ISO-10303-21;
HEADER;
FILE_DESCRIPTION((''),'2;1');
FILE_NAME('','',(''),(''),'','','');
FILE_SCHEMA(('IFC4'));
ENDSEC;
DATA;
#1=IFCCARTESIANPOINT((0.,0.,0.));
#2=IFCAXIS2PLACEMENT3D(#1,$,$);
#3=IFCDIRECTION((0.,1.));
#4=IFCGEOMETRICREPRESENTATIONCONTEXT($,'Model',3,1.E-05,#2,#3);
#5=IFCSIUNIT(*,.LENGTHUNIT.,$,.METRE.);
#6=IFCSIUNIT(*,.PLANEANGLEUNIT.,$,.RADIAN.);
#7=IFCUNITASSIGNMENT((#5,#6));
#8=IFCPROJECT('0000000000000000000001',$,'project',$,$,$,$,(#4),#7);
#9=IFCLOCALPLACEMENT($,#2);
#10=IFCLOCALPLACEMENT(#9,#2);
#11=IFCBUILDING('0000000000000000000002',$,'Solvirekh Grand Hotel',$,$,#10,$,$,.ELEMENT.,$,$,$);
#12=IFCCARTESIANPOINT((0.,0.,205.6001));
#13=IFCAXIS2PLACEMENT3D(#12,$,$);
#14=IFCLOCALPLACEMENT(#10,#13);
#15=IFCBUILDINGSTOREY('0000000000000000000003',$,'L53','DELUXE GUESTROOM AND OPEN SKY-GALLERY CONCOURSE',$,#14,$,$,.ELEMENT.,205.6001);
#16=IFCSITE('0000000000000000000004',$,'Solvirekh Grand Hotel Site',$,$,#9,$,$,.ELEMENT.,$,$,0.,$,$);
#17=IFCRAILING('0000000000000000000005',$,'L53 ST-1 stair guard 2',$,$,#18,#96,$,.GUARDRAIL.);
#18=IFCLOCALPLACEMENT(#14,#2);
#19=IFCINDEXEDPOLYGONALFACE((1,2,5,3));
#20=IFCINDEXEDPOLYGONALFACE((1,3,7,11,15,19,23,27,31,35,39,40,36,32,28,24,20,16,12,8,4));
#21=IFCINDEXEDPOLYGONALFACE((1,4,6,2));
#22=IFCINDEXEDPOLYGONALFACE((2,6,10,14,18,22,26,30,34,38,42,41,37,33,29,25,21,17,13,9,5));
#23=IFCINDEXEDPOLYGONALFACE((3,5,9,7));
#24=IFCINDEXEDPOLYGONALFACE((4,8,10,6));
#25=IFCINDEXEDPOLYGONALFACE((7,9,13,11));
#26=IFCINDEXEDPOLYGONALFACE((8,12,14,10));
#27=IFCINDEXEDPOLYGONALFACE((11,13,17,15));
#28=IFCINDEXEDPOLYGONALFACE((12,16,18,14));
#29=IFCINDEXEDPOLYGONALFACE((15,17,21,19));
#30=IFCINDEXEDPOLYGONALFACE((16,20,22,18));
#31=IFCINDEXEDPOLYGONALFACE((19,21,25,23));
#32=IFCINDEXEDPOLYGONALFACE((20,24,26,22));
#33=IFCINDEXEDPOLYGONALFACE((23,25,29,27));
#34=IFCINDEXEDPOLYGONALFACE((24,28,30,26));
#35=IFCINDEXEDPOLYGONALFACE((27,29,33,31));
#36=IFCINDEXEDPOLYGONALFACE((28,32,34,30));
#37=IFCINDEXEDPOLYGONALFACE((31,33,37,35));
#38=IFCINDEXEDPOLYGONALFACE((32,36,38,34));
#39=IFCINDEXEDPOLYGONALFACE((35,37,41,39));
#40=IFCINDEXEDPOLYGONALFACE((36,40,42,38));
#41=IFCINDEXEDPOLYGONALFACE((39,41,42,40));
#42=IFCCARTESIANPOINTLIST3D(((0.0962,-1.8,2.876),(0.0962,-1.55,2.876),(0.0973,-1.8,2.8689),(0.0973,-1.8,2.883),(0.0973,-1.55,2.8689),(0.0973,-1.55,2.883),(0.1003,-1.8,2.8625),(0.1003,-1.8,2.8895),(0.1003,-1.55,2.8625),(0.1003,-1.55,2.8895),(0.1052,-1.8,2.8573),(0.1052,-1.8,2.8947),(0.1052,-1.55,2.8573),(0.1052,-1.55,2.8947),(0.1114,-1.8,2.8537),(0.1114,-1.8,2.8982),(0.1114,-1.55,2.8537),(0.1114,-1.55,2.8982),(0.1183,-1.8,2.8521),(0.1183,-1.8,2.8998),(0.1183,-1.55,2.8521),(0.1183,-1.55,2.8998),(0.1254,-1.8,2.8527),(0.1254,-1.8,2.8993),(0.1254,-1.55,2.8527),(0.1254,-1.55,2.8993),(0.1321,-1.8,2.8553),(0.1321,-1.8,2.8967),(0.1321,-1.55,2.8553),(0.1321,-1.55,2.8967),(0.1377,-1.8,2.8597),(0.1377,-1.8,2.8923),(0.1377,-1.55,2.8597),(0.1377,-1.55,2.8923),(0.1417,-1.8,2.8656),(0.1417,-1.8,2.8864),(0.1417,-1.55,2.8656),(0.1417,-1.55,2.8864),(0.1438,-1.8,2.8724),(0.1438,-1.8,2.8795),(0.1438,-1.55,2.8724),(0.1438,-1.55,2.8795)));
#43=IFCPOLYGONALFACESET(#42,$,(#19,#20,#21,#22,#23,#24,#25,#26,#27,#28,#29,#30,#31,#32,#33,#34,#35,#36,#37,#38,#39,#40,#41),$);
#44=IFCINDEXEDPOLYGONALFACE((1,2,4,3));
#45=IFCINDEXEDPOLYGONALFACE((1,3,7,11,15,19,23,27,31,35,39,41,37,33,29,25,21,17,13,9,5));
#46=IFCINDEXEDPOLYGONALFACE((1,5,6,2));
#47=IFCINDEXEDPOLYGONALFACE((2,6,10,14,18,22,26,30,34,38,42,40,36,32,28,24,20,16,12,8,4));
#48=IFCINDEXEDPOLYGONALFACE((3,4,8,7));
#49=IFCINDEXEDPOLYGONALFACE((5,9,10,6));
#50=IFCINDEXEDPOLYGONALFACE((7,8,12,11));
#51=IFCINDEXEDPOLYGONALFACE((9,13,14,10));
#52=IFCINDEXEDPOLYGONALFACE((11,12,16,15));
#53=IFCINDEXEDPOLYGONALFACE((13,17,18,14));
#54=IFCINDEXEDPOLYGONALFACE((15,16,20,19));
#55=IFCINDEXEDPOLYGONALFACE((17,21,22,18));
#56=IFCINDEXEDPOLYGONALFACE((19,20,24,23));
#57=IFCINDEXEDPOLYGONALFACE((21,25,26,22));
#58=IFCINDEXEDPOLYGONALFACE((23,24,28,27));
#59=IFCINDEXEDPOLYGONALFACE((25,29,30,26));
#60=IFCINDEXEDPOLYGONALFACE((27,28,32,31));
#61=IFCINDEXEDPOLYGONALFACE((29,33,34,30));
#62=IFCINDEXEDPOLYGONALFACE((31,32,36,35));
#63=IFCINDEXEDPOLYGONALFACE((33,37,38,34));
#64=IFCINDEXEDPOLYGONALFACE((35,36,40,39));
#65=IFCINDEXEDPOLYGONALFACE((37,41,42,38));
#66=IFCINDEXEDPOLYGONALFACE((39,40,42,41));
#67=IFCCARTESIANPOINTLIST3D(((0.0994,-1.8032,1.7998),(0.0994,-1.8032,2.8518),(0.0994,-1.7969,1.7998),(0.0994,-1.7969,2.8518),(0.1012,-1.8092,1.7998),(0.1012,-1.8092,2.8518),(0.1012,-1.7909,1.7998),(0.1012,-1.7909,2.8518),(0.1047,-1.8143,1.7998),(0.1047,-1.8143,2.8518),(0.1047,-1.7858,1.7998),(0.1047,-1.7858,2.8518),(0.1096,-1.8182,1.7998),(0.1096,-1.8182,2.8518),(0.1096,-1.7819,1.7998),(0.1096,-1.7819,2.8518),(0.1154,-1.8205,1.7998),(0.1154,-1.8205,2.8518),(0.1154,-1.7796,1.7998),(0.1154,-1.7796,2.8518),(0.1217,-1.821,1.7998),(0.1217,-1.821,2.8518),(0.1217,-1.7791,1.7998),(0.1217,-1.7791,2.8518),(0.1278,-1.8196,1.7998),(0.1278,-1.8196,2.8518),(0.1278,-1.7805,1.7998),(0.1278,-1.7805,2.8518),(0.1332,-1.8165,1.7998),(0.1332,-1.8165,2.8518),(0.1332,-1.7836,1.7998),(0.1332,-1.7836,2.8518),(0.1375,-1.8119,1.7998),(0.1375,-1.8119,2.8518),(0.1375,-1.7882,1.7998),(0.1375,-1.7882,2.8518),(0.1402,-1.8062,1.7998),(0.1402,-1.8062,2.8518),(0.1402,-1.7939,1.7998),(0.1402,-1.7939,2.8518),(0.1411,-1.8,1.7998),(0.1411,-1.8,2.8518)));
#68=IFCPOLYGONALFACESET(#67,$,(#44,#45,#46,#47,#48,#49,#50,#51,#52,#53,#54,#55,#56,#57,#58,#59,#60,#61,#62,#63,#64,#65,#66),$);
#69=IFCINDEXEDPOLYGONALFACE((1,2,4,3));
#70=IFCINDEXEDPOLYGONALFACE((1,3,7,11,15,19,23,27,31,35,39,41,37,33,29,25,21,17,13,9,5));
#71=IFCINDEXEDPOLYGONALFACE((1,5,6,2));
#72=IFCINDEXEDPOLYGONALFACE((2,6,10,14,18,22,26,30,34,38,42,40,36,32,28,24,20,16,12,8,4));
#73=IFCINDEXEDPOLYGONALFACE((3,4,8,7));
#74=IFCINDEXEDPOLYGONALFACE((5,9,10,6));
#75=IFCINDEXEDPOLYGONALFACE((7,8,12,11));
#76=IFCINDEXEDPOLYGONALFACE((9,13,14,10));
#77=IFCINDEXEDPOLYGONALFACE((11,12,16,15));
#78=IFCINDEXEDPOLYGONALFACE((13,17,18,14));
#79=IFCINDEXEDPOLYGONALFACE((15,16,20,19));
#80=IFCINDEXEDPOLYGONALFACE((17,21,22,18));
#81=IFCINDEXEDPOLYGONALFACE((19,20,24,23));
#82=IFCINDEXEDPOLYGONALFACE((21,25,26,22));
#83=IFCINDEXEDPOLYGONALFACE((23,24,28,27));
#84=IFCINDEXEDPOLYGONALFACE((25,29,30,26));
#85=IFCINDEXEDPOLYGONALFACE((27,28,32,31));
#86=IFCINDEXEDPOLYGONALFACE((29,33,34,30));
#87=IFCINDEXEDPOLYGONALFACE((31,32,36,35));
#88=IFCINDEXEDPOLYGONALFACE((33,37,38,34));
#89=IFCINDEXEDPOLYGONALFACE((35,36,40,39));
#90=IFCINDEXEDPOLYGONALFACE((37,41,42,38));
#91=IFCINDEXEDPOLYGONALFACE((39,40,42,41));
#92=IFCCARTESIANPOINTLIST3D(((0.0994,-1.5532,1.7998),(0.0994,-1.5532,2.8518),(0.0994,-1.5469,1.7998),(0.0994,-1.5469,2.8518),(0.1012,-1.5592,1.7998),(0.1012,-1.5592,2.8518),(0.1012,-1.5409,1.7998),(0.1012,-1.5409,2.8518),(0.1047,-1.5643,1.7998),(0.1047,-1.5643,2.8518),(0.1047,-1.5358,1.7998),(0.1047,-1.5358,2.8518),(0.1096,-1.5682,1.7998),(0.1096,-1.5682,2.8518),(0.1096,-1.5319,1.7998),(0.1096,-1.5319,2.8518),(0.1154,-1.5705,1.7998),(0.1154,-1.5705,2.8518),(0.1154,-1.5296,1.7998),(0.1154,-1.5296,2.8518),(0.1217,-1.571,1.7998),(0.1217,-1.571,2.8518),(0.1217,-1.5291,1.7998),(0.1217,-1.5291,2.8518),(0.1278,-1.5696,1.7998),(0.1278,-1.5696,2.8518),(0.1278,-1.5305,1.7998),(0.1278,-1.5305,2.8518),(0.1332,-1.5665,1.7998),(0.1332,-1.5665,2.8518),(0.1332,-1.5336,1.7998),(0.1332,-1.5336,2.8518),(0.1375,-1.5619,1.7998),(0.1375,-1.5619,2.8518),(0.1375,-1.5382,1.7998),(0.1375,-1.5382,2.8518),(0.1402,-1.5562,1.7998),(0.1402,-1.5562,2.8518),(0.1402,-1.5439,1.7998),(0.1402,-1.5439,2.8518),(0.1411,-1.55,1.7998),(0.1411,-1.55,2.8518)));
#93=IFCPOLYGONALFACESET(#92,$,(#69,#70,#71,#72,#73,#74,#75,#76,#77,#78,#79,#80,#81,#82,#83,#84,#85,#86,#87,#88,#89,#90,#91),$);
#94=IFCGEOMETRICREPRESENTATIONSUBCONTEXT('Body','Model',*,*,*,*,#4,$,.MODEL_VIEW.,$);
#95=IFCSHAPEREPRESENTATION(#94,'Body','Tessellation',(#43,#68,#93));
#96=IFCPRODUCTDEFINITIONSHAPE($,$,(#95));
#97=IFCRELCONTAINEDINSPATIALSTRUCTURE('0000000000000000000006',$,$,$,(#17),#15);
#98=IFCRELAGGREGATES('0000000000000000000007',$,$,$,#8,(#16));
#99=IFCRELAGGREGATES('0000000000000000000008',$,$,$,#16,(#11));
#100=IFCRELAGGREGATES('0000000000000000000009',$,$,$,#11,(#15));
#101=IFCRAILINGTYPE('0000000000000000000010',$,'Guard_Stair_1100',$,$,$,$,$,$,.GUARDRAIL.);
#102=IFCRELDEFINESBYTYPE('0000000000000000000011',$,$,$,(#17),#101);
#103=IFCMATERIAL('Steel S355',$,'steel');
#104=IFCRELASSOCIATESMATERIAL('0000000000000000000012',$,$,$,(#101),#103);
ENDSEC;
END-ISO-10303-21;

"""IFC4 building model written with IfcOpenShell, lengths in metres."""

from ifc_helpers import new_model, si_unit, direction, frame, origin, origin_2d, place, context, subcontext, project, spatial, circle, extrude, material, type_object, element, save


model = new_model("IFC4")

# Units and contexts
model_context = context("Model", 3, precision=1e-05, world=origin(), true_north=direction((0.0, 1.0)))
body_context = subcontext(model_context, "Body", "Model", "MODEL_VIEW")
ifc_project = project(units=[si_unit("LENGTHUNIT", "METRE"), si_unit("PLANEANGLEUNIT", "RADIAN")], contexts=[model_context])

# Site, building, storey
site_placement = place(None, origin())
site = spatial("IfcSite", under=ifc_project, at=site_placement, Name="Solvirekh Grand Hotel Site", CompositionType="ELEMENT", RefElevation=0.0)
building_placement = place(site_placement, origin())
building = spatial("IfcBuilding", under=site, at=building_placement, Name="Solvirekh Grand Hotel", CompositionType="ELEMENT")
storey_placement = place(building_placement, frame((0.0, 0.0, 205.6001)))
storey = spatial("IfcBuildingStorey", under=building, at=storey_placement, Name="L53", Description="DELUXE GUESTROOM AND OPEN SKY-GALLERY CONCOURSE", CompositionType="ELEMENT", Elevation=205.6001)

# Shared definitions
ifc_material_1 = material(Name="Steel S355", Category="steel")

# Railing
railing_type_1 = type_object("IfcRailingType", Name="Guard_Stair_1100", PredefinedType="GUARDRAIL", material=ifc_material_1)
railing_1_placement = place(storey_placement, frame((0.1201, -1.8, 1.7998)))
element("IfcRailing", 1, at=railing_1_placement, inside=storey, type_object=railing_type_1, Name="L53 ST-1 stair guard 2", PredefinedType="GUARDRAIL", context=body_context, shape_type="SweptSolid", body=[
    extrude(circle(Radius=0.0239, at=origin_2d()), frame((0.0, 0.0, 1.0762), z_axis=(0.0, 1.0, 0.0), x_axis=(-1.0, 0.0, 0.0)), (0.0, 0.0, 1.0), 0.25),
    extrude(circle(Radius=0.021, at=origin_2d()), origin(), (0.0, 0.0, 1.0), 1.052),
    extrude(circle(Radius=0.021, at=origin_2d()), frame((0.0, 0.25, 0.0)), (0.0, 0.0, 1.0), 1.052),
])

save(model, "model.ifc")
